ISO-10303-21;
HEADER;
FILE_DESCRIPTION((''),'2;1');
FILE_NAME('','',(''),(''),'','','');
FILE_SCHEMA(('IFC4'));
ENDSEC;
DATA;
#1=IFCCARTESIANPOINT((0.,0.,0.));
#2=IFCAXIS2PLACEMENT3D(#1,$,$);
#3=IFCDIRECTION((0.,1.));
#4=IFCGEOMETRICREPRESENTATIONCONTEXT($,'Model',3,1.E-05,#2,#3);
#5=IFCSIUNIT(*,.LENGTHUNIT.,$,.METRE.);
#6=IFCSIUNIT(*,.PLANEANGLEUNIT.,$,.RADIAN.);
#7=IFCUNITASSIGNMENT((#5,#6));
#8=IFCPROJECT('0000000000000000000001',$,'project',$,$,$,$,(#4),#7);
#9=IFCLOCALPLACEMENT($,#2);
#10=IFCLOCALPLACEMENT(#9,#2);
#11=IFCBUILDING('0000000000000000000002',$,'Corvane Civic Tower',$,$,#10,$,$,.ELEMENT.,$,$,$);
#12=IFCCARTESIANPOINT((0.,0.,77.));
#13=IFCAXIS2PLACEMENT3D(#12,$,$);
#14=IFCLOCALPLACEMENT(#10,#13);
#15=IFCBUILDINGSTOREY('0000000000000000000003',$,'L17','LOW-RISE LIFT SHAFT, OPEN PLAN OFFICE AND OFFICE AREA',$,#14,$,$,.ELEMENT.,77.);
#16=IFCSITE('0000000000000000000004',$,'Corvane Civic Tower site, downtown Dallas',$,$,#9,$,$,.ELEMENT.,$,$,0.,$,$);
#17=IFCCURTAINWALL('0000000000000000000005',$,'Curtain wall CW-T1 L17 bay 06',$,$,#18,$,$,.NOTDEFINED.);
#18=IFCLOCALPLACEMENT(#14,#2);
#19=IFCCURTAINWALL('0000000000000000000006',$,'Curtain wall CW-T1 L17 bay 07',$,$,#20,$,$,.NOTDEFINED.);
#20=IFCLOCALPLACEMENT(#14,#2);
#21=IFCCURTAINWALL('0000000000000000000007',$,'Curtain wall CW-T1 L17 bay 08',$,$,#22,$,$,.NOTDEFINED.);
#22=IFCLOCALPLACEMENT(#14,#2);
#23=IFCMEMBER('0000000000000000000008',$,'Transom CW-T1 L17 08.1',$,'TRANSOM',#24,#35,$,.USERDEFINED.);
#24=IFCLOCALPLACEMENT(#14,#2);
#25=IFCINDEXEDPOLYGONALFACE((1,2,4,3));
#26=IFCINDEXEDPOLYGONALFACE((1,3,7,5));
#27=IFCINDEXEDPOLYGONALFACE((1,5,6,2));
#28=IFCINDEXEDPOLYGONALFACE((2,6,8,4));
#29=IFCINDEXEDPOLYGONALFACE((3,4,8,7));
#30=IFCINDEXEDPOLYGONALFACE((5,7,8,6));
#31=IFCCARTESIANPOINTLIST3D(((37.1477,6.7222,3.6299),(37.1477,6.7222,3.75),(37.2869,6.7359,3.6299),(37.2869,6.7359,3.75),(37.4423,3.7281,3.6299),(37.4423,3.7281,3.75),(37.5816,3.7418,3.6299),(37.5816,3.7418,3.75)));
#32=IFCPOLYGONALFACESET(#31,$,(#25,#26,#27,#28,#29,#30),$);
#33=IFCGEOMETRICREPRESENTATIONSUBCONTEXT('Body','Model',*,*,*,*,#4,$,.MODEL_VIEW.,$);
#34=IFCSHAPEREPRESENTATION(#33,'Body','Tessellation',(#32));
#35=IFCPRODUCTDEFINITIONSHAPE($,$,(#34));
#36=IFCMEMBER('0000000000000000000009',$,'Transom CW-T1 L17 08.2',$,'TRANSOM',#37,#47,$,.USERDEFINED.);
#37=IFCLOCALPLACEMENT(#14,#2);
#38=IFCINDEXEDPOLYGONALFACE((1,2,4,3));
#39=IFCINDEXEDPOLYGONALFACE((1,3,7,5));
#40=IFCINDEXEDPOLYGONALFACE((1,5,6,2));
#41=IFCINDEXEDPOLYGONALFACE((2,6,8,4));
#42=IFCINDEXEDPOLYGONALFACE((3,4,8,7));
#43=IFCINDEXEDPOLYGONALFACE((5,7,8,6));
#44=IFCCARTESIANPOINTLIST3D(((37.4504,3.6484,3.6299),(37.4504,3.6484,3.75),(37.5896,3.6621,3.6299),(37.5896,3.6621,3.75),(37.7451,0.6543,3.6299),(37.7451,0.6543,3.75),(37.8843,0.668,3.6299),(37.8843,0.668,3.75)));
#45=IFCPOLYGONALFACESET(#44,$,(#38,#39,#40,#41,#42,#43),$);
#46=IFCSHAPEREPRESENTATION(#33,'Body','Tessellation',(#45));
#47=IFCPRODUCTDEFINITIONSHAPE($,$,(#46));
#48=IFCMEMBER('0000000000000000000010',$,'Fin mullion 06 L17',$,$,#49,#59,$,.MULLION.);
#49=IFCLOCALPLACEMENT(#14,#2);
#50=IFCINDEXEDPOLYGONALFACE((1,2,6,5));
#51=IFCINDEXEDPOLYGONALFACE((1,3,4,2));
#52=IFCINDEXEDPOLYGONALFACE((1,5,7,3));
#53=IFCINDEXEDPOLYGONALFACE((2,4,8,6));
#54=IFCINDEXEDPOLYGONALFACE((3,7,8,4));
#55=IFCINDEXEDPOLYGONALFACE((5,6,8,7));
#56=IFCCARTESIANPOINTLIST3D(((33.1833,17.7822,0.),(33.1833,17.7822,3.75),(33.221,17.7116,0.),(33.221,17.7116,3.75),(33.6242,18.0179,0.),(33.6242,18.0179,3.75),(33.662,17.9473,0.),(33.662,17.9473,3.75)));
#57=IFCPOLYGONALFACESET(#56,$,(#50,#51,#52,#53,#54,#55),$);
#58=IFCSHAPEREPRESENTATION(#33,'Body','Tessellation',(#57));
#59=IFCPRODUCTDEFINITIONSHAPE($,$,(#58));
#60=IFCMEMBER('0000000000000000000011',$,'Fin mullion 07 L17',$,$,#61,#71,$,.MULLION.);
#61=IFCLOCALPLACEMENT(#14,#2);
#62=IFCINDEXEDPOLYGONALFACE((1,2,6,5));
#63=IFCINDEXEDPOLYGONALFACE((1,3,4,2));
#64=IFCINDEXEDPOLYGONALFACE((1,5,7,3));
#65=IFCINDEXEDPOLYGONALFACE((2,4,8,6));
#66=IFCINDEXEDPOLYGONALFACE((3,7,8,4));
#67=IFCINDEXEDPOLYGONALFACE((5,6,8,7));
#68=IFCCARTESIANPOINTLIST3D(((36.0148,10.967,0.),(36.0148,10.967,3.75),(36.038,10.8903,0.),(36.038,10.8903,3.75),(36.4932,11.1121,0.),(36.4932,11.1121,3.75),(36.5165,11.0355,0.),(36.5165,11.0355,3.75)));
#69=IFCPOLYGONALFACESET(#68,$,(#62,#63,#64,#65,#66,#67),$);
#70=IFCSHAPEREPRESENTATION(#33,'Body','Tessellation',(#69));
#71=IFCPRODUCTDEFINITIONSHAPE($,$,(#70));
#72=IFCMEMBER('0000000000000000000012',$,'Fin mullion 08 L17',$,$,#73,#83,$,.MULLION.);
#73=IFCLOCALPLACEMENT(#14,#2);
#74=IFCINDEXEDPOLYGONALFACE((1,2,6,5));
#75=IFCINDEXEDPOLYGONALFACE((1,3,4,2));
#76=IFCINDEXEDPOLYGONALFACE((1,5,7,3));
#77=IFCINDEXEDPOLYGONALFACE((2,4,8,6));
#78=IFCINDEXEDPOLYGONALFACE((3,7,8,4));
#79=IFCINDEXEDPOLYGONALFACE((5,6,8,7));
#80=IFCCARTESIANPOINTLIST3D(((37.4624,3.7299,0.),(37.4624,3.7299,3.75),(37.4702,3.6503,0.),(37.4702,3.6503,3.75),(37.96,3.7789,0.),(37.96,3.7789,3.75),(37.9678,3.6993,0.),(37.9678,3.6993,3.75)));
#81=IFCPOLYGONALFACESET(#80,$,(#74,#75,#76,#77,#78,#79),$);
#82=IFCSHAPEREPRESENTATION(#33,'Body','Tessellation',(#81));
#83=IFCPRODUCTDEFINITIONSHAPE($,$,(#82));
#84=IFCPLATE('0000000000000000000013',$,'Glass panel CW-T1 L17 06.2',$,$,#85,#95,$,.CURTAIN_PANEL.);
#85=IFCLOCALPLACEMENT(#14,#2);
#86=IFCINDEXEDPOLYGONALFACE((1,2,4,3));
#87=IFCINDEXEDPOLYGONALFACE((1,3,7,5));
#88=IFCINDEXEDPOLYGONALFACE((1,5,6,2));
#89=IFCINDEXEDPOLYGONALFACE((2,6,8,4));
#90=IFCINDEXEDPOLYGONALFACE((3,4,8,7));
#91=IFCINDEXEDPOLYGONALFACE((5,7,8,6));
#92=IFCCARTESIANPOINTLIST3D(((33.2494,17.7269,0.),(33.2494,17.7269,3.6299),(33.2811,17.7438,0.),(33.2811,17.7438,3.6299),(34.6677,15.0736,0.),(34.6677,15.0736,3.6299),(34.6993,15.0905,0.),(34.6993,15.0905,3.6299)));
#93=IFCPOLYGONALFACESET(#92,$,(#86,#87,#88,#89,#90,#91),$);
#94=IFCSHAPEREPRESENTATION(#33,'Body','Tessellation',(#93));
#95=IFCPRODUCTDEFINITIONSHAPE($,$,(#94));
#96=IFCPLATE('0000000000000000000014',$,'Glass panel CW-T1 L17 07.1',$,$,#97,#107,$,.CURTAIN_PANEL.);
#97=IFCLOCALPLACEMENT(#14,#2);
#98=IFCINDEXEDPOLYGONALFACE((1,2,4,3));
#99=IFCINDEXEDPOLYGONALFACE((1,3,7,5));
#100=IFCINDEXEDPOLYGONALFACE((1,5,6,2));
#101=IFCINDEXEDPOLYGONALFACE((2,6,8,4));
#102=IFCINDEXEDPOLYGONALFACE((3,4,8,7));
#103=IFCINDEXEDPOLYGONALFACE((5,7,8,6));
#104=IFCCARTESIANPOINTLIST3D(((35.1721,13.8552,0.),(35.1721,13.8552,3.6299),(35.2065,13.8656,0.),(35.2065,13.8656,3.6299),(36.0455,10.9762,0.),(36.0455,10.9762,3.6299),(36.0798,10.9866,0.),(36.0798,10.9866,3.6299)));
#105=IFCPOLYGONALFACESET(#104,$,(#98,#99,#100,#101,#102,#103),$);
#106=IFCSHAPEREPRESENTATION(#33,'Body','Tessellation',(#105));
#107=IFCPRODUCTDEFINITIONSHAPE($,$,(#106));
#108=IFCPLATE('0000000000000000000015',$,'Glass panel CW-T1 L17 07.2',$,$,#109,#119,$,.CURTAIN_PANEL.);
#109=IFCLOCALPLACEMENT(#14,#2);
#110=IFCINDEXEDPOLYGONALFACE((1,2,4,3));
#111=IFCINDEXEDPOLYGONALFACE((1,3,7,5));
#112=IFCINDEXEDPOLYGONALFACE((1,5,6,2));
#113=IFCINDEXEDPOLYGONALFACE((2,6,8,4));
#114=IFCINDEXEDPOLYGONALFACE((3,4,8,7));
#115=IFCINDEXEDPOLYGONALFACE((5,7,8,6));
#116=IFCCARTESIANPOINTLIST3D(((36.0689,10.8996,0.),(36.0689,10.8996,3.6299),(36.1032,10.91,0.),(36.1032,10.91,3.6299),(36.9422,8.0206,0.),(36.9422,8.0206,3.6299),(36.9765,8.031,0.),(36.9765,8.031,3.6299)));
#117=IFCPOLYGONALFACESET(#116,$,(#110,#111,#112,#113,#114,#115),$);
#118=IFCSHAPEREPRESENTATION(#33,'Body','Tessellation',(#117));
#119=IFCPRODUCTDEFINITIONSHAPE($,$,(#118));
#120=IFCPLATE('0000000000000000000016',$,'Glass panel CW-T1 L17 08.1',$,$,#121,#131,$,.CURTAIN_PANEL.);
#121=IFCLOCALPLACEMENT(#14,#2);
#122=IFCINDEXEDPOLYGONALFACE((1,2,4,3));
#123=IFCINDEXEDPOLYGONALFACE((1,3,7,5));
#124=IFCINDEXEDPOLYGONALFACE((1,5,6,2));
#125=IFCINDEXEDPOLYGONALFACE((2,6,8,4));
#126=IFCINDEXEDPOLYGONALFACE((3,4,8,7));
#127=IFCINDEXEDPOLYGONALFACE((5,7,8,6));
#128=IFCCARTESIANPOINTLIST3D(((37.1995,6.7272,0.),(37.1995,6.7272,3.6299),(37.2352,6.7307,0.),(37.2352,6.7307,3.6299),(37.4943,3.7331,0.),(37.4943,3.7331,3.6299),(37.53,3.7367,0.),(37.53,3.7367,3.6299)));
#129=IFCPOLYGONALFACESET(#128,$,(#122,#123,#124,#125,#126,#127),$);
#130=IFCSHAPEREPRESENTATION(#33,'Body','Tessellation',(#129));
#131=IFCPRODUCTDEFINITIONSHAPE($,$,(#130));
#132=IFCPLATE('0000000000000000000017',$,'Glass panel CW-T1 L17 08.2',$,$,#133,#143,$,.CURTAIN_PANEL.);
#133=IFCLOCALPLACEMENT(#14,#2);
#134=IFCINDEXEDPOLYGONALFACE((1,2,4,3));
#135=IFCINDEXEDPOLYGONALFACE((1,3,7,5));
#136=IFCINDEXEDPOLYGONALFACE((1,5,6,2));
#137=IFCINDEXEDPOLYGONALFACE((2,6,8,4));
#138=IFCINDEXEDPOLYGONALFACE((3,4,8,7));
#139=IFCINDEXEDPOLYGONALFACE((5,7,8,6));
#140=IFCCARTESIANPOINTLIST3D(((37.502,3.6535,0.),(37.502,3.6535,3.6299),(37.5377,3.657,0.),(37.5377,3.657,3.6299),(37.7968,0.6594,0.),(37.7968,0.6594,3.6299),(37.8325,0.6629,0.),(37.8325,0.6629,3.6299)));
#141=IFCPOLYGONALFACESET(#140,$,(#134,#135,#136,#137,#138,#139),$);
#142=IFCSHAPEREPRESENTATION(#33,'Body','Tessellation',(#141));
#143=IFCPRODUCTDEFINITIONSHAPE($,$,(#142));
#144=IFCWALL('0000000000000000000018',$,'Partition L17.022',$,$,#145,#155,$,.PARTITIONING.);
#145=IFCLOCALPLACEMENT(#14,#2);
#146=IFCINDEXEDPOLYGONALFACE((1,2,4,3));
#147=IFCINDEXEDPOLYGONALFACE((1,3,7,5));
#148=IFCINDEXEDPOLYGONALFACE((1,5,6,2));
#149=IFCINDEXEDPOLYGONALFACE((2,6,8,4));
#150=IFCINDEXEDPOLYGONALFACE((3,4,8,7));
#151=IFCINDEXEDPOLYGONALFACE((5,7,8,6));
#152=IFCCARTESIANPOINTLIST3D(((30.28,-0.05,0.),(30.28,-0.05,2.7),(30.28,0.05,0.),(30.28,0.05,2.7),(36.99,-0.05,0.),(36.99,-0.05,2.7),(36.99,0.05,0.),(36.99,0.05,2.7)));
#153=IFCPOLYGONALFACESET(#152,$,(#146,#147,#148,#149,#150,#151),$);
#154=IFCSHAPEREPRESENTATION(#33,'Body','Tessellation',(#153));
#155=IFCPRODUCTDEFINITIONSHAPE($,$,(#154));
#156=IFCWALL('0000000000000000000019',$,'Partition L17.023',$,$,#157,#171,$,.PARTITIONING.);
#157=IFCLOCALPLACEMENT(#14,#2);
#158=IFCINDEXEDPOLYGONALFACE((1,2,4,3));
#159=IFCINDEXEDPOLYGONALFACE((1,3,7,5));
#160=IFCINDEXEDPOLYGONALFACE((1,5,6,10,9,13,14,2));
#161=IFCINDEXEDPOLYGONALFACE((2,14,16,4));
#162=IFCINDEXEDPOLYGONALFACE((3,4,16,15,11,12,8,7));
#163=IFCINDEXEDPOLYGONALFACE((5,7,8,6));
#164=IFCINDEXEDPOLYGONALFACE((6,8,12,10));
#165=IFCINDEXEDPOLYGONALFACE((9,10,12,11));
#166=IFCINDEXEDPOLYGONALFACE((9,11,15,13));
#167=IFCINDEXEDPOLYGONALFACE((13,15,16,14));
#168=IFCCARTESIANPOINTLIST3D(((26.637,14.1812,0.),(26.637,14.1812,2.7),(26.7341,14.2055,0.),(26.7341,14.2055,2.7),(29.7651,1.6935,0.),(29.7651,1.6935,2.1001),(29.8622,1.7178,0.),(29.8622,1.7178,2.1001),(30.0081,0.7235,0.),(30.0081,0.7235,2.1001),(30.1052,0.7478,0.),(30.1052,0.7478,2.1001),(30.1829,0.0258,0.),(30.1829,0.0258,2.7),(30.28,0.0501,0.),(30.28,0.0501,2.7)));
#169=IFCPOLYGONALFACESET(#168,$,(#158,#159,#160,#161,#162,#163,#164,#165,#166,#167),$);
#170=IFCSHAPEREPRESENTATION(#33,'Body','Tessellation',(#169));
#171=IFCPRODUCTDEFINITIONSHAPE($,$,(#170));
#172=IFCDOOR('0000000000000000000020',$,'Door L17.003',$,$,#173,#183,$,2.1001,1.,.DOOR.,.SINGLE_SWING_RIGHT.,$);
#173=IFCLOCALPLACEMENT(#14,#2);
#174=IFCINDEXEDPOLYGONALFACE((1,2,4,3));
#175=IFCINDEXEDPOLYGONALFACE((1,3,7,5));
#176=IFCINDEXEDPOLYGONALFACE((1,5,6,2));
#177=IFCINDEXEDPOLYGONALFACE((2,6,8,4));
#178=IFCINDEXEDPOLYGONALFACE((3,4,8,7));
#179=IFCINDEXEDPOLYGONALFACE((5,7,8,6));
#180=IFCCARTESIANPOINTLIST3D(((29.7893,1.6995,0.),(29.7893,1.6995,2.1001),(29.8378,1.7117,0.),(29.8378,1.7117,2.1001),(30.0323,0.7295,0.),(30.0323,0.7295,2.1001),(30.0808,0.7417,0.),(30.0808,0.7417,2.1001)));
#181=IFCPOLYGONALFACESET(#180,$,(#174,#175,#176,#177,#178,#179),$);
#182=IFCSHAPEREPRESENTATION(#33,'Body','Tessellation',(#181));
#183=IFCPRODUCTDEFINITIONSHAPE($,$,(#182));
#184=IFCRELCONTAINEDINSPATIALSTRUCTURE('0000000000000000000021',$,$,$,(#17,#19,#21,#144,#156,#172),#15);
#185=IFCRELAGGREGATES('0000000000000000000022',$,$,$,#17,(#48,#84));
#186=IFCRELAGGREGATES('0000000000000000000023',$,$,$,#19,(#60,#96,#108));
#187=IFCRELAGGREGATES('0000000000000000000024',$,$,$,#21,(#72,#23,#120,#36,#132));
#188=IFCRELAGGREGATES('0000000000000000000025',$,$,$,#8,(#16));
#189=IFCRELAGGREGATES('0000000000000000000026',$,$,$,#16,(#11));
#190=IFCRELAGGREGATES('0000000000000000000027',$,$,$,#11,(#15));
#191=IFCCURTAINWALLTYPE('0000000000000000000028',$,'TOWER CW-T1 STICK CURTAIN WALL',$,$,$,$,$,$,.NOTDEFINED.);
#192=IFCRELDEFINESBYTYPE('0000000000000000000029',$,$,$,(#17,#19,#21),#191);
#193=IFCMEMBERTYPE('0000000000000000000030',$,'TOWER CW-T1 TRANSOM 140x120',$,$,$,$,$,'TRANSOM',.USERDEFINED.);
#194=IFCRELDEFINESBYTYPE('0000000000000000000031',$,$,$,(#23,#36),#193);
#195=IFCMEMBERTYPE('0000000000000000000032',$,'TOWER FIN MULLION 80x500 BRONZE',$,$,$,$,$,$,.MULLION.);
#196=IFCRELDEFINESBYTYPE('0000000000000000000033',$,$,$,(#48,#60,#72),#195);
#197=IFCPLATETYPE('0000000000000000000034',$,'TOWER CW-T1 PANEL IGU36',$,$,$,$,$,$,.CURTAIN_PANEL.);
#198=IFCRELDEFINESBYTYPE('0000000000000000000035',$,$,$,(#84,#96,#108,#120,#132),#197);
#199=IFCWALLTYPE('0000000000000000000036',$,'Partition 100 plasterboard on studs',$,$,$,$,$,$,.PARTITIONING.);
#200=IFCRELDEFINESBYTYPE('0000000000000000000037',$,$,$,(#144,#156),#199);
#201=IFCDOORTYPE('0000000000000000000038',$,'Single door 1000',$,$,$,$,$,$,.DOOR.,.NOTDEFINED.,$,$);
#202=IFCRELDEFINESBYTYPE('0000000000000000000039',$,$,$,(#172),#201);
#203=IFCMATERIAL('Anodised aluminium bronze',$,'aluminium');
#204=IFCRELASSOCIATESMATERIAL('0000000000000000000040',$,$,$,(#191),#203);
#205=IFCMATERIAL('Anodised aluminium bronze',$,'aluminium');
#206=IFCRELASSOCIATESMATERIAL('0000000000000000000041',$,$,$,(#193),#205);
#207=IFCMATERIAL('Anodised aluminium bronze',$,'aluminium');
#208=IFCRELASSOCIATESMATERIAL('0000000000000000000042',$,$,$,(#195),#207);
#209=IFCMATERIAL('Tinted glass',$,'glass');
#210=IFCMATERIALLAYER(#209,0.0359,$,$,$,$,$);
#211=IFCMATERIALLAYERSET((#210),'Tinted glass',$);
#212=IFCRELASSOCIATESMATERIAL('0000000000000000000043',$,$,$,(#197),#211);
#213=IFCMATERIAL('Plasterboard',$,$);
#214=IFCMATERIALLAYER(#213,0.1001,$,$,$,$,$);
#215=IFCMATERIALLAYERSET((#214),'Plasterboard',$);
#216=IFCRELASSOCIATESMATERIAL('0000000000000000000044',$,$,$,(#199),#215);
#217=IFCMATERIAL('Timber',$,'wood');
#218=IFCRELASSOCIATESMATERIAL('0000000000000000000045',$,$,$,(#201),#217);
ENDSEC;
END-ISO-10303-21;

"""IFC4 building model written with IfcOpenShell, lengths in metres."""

from ifc_helpers import new_model, si_unit, direction, frame, frame_2d, origin, origin_2d, place, context, subcontext, project, spatial, rectangle, extrude, material, layer, layer_set, material_profile, profile_set, type_object, element, fill, aggregate, save


model = new_model("IFC4")

# Units and contexts
model_context = context("Model", 3, precision=1e-05, world=origin(), true_north=direction((0.0, 1.0)))
body_context = subcontext(model_context, "Body", "Model", "MODEL_VIEW")
ifc_project = project(units=[si_unit("LENGTHUNIT", "METRE"), si_unit("PLANEANGLEUNIT", "RADIAN")], contexts=[model_context])

# Site, building, storey
site_placement = place(None, origin())
site = spatial("IfcSite", under=ifc_project, at=site_placement, Name="Corvane Civic Tower site, downtown Dallas", CompositionType="ELEMENT", RefElevation=0.0)
building_placement = place(site_placement, origin())
building = spatial("IfcBuilding", under=site, at=building_placement, Name="Corvane Civic Tower", CompositionType="ELEMENT")
storey_placement = place(building_placement, frame((0.0, 0.0, 77.0)))
storey = spatial("IfcBuildingStorey", under=building, at=storey_placement, Name="L17", Description="LOW-RISE LIFT SHAFT, OPEN PLAN OFFICE AND OFFICE AREA", CompositionType="ELEMENT", Elevation=77.0)

# Curtain wall
ifc_material_1 = material(Name="Anodised aluminium bronze", Category="aluminium")
curtain_wall_type = type_object("IfcCurtainWallType", Name="TOWER CW-T1 STICK CURTAIN WALL", PredefinedType="NOTDEFINED", material=ifc_material_1)
curtain_wall_1_placement = place(storey_placement, origin())
curtain_wall_1 = element("IfcCurtainWall", 1, at=curtain_wall_1_placement, inside=storey, type_object=curtain_wall_type, Name="Curtain wall CW-T1 L17 bay 06", PredefinedType="NOTDEFINED")
ifc_material_2 = material(Name="Anodised aluminium bronze", Category="aluminium")
ifc_material_profile_1 = material_profile(ifc_material_2, rectangle(XDim=0.1399, YDim=0.1201, at=origin_2d()), Name="TOWER CW-T1 TRANSOM 140x120")
ifc_profile_set_1 = profile_set([ifc_material_profile_1], Name="Anodised aluminium bronze")
member_type_1 = type_object("IfcMemberType", Name="TOWER CW-T1 TRANSOM 140x120", ElementType="TRANSOM", PredefinedType="USERDEFINED", material=ifc_profile_set_1)

# Curtain walls, members
curtain_wall_2_placement = place(storey_placement, origin())
curtain_wall_2 = element("IfcCurtainWall", 2, at=curtain_wall_2_placement, inside=storey, type_object=curtain_wall_type, Name="Curtain wall CW-T1 L17 bay 07", PredefinedType="NOTDEFINED")
curtain_wall_3_placement = place(storey_placement, origin())
curtain_wall_3 = element("IfcCurtainWall", 3, at=curtain_wall_3_placement, inside=storey, type_object=curtain_wall_type, Name="Curtain wall CW-T1 L17 bay 08", PredefinedType="NOTDEFINED")
member_1_placement = place(storey_placement, frame((37.2173, 6.729, 3.6899), z_axis=(0.097945, -0.995192, 0.0), x_axis=(0.995192, 0.097945, 0.0)))
member_1 = element("IfcMember", 4, at=member_1_placement, type_object=member_type_1, Name="Transom CW-T1 L17 08.1", ObjectType="TRANSOM", PredefinedType="USERDEFINED", context=body_context, shape_type="SweptSolid", body=[
    extrude(rectangle(XDim=0.1399, YDim=0.1201, at=origin_2d()), origin(), (0.0, 0.0, 1.0), 3.0085),
])
member_2_placement = place(storey_placement, frame((37.52, 3.6553, 3.6899), z_axis=(0.097945, -0.995192, 0.0), x_axis=(0.995192, 0.097945, 0.0)))
member_2 = element("IfcMember", 5, at=member_2_placement, type_object=member_type_1, Name="Transom CW-T1 L17 08.2", ObjectType="TRANSOM", PredefinedType="USERDEFINED", context=body_context, shape_type="SweptSolid", body=[
    extrude(rectangle(XDim=0.1399, YDim=0.1201, at=origin_2d()), origin(), (0.0, 0.0, 1.0), 3.0085),
])

# Members
ifc_material_3 = material(Name="Anodised aluminium bronze", Category="aluminium")
ifc_material_profile_2 = material_profile(ifc_material_3, rectangle(XDim=0.0801, YDim=0.5, at=origin_2d()), Name="TOWER FIN MULLION 80x500 BRONZE")
ifc_profile_set_2 = profile_set([ifc_material_profile_2], Name="Anodised aluminium bronze")
member_type_2 = type_object("IfcMemberType", Name="TOWER FIN MULLION 80x500 BRONZE", PredefinedType="MULLION", material=ifc_profile_set_2)
member_3_placement = place(storey_placement, frame((33.4226, 17.8647, 0.0), z_axis=(0.0, 0.0, 1.0), x_axis=(0.471404, -0.881918, 0.0)))
member_3 = element("IfcMember", 6, at=member_3_placement, type_object=member_type_2, Name="Fin mullion 06 L17", PredefinedType="MULLION", context=body_context, shape_type="SweptSolid", body=[
    extrude(rectangle(XDim=0.0801, YDim=0.5, at=origin_2d()), origin(), (0.0, 0.0, 1.0), 3.75),
])
member_4_placement = place(storey_placement, frame((36.2656, 11.0012, 0.0), z_axis=(0.0, 0.0, 1.0), x_axis=(0.290278, -0.956942, 0.0)))
member_4 = element("IfcMember", 7, at=member_4_placement, type_object=member_type_2, Name="Fin mullion 07 L17", PredefinedType="MULLION", context=body_context, shape_type="SweptSolid", body=[
    extrude(rectangle(XDim=0.0801, YDim=0.5, at=origin_2d()), origin(), (0.0, 0.0, 1.0), 3.75),
])
member_5_placement = place(storey_placement, frame((37.7151, 3.7146, 0.0), z_axis=(0.0, 0.0, 1.0), x_axis=(0.098006, -0.995186, 0.0)))
member_5 = element("IfcMember", 8, at=member_5_placement, type_object=member_type_2, Name="Fin mullion 08 L17", PredefinedType="MULLION", context=body_context, shape_type="SweptSolid", body=[
    extrude(rectangle(XDim=0.0801, YDim=0.5, at=origin_2d()), origin(), (0.0, 0.0, 1.0), 3.75),
])

# Plates
ifc_material_4 = material(Name="Tinted glass", Category="glass")
ifc_layer_1 = layer(ifc_material_4, 0.0359)
ifc_layer_set_1 = layer_set([ifc_layer_1], Name="Tinted glass")
plate_type = type_object("IfcPlateType", Name="TOWER CW-T1 PANEL IGU36", PredefinedType="CURTAIN_PANEL", material=ifc_layer_set_1)
plate_1_placement = place(storey_placement, frame((33.9744, 16.4087, 0.0), z_axis=(0.0, 0.0, 1.0), x_axis=(0.471404, -0.881918, 0.0)))
plate_1 = element("IfcPlate", 9, at=plate_1_placement, type_object=plate_type, Name="Glass panel CW-T1 L17 06.2", PredefinedType="CURTAIN_PANEL", context=body_context, shape_type="SweptSolid", body=[
    extrude(rectangle(XDim=3.0085, YDim=0.0359, at=origin_2d()), origin(), (0.0, 0.0, 1.0), 3.6299),
])
aggregate(curtain_wall_1, [member_3, plate_1])
plate_2_placement = place(storey_placement, frame((35.626, 12.4209, 0.0), z_axis=(0.0, 0.0, 1.0), x_axis=(0.290278, -0.956942, 0.0)))
plate_2 = element("IfcPlate", 10, at=plate_2_placement, type_object=plate_type, Name="Glass panel CW-T1 L17 07.1", PredefinedType="CURTAIN_PANEL", context=body_context, shape_type="SweptSolid", body=[
    extrude(rectangle(XDim=3.0085, YDim=0.0359, at=origin_2d()), origin(), (0.0, 0.0, 1.0), 3.6299),
])
plate_3_placement = place(storey_placement, frame((36.5227, 9.4653, 0.0), z_axis=(0.0, 0.0, 1.0), x_axis=(0.290278, -0.956942, 0.0)))
plate_3 = element("IfcPlate", 11, at=plate_3_placement, type_object=plate_type, Name="Glass panel CW-T1 L17 07.2", PredefinedType="CURTAIN_PANEL", context=body_context, shape_type="SweptSolid", body=[
    extrude(rectangle(XDim=3.0085, YDim=0.0359, at=origin_2d()), origin(), (0.0, 0.0, 1.0), 3.6299),
])
aggregate(curtain_wall_2, [member_4, plate_2, plate_3])
plate_4_placement = place(storey_placement, frame((37.3647, 5.2319, 0.0), z_axis=(0.0, 0.0, 1.0), x_axis=(0.098006, -0.995186, 0.0)))
plate_4 = element("IfcPlate", 12, at=plate_4_placement, type_object=plate_type, Name="Glass panel CW-T1 L17 08.1", PredefinedType="CURTAIN_PANEL", context=body_context, shape_type="SweptSolid", body=[
    extrude(rectangle(XDim=3.0085, YDim=0.0359, at=origin_2d()), origin(), (0.0, 0.0, 1.0), 3.6299),
])
plate_5_placement = place(storey_placement, frame((37.6672, 2.1582, 0.0), z_axis=(0.0, 0.0, 1.0), x_axis=(0.098006, -0.995186, 0.0)))
plate_5 = element("IfcPlate", 13, at=plate_5_placement, type_object=plate_type, Name="Glass panel CW-T1 L17 08.2", PredefinedType="CURTAIN_PANEL", context=body_context, shape_type="SweptSolid", body=[
    extrude(rectangle(XDim=3.0085, YDim=0.0359, at=origin_2d()), origin(), (0.0, 0.0, 1.0), 3.6299),
])
aggregate(curtain_wall_3, [member_5, member_1, plate_4, member_2, plate_5])

# Wall
ifc_material_5 = material(Name="Plasterboard")
ifc_layer_2 = layer(ifc_material_5, 0.1001)
ifc_layer_set_2 = layer_set([ifc_layer_2], Name="Plasterboard")
wall_type = type_object("IfcWallType", Name="Partition 100 plasterboard on studs", PredefinedType="PARTITIONING", material=ifc_layer_set_2)
wall_1_placement = place(storey_placement, frame((30.28, 0.0, 0.0), z_axis=(0.0, 0.0, 1.0), x_axis=(1.0, 0.0, 0.0)))
element("IfcWall", 14, at=wall_1_placement, inside=storey, type_object=wall_type, Name="Partition L17.022", PredefinedType="PARTITIONING", context=body_context, shape_type="SweptSolid", body=[
    extrude(rectangle(XDim=6.71, YDim=0.1001, at=frame_2d((3.355, 0.0))), origin(), (0.0, 0.0, 1.0), 2.7),
])

# Wall, opening, door
wall_2_placement = place(storey_placement, frame((26.6855, 14.1934, 0.0), z_axis=(0.0, 0.0, 1.0), x_axis=(0.242988, -0.970029, 0.0)))
wall_2 = element("IfcWall", 15, at=wall_2_placement, inside=storey, type_object=wall_type, Name="Partition L17.023", PredefinedType="PARTITIONING", context=body_context, shape_type="SweptSolid", body=[
    extrude(rectangle(XDim=14.5928, YDim=0.1001, at=frame_2d((7.2964, 0.0))), origin(), (0.0, 0.0, 1.0), 2.7),
])
opening_placement = place(wall_2_placement, frame((12.8735, 0.0, 0.0)))
opening = element("IfcOpeningElement", 16, at=opening_placement, cuts=wall_2, PredefinedType="OPENING", context=body_context, shape_type="SweptSolid", body=[
    extrude(rectangle(XDim=1.0, YDim=2.1001, at=frame_2d((0.5, 1.05))), frame((0.0, 0.0601, 0.0), z_axis=(0.0, -1.0, 0.0), x_axis=(1.0, 0.0, 0.0)), (0.0, 0.0, 1.0), 0.1201),
])
ifc_material_6 = material(Name="Timber", Category="wood")
door_type = type_object("IfcDoorType", Name="Single door 1000", OperationType="NOTDEFINED", PredefinedType="DOOR", material=ifc_material_6)
door_placement = place(opening_placement, origin())
door = element("IfcDoor", 17, at=door_placement, inside=storey, type_object=door_type, Name="Door L17.003", OperationType="SINGLE_SWING_RIGHT", OverallHeight=2.1001, OverallWidth=1.0, PredefinedType="DOOR", context=body_context, shape_type="SweptSolid", body=[
    extrude(rectangle(XDim=1.0, YDim=2.1001, at=frame_2d((0.5, 1.05))), frame((0.0, 0.0249, 0.0), z_axis=(0.0, -1.0, 0.0), x_axis=(1.0, 0.0, 0.0)), (0.0, 0.0, 1.0), 0.05),
])
fill(opening, door)

save(model, "model.ifc")
